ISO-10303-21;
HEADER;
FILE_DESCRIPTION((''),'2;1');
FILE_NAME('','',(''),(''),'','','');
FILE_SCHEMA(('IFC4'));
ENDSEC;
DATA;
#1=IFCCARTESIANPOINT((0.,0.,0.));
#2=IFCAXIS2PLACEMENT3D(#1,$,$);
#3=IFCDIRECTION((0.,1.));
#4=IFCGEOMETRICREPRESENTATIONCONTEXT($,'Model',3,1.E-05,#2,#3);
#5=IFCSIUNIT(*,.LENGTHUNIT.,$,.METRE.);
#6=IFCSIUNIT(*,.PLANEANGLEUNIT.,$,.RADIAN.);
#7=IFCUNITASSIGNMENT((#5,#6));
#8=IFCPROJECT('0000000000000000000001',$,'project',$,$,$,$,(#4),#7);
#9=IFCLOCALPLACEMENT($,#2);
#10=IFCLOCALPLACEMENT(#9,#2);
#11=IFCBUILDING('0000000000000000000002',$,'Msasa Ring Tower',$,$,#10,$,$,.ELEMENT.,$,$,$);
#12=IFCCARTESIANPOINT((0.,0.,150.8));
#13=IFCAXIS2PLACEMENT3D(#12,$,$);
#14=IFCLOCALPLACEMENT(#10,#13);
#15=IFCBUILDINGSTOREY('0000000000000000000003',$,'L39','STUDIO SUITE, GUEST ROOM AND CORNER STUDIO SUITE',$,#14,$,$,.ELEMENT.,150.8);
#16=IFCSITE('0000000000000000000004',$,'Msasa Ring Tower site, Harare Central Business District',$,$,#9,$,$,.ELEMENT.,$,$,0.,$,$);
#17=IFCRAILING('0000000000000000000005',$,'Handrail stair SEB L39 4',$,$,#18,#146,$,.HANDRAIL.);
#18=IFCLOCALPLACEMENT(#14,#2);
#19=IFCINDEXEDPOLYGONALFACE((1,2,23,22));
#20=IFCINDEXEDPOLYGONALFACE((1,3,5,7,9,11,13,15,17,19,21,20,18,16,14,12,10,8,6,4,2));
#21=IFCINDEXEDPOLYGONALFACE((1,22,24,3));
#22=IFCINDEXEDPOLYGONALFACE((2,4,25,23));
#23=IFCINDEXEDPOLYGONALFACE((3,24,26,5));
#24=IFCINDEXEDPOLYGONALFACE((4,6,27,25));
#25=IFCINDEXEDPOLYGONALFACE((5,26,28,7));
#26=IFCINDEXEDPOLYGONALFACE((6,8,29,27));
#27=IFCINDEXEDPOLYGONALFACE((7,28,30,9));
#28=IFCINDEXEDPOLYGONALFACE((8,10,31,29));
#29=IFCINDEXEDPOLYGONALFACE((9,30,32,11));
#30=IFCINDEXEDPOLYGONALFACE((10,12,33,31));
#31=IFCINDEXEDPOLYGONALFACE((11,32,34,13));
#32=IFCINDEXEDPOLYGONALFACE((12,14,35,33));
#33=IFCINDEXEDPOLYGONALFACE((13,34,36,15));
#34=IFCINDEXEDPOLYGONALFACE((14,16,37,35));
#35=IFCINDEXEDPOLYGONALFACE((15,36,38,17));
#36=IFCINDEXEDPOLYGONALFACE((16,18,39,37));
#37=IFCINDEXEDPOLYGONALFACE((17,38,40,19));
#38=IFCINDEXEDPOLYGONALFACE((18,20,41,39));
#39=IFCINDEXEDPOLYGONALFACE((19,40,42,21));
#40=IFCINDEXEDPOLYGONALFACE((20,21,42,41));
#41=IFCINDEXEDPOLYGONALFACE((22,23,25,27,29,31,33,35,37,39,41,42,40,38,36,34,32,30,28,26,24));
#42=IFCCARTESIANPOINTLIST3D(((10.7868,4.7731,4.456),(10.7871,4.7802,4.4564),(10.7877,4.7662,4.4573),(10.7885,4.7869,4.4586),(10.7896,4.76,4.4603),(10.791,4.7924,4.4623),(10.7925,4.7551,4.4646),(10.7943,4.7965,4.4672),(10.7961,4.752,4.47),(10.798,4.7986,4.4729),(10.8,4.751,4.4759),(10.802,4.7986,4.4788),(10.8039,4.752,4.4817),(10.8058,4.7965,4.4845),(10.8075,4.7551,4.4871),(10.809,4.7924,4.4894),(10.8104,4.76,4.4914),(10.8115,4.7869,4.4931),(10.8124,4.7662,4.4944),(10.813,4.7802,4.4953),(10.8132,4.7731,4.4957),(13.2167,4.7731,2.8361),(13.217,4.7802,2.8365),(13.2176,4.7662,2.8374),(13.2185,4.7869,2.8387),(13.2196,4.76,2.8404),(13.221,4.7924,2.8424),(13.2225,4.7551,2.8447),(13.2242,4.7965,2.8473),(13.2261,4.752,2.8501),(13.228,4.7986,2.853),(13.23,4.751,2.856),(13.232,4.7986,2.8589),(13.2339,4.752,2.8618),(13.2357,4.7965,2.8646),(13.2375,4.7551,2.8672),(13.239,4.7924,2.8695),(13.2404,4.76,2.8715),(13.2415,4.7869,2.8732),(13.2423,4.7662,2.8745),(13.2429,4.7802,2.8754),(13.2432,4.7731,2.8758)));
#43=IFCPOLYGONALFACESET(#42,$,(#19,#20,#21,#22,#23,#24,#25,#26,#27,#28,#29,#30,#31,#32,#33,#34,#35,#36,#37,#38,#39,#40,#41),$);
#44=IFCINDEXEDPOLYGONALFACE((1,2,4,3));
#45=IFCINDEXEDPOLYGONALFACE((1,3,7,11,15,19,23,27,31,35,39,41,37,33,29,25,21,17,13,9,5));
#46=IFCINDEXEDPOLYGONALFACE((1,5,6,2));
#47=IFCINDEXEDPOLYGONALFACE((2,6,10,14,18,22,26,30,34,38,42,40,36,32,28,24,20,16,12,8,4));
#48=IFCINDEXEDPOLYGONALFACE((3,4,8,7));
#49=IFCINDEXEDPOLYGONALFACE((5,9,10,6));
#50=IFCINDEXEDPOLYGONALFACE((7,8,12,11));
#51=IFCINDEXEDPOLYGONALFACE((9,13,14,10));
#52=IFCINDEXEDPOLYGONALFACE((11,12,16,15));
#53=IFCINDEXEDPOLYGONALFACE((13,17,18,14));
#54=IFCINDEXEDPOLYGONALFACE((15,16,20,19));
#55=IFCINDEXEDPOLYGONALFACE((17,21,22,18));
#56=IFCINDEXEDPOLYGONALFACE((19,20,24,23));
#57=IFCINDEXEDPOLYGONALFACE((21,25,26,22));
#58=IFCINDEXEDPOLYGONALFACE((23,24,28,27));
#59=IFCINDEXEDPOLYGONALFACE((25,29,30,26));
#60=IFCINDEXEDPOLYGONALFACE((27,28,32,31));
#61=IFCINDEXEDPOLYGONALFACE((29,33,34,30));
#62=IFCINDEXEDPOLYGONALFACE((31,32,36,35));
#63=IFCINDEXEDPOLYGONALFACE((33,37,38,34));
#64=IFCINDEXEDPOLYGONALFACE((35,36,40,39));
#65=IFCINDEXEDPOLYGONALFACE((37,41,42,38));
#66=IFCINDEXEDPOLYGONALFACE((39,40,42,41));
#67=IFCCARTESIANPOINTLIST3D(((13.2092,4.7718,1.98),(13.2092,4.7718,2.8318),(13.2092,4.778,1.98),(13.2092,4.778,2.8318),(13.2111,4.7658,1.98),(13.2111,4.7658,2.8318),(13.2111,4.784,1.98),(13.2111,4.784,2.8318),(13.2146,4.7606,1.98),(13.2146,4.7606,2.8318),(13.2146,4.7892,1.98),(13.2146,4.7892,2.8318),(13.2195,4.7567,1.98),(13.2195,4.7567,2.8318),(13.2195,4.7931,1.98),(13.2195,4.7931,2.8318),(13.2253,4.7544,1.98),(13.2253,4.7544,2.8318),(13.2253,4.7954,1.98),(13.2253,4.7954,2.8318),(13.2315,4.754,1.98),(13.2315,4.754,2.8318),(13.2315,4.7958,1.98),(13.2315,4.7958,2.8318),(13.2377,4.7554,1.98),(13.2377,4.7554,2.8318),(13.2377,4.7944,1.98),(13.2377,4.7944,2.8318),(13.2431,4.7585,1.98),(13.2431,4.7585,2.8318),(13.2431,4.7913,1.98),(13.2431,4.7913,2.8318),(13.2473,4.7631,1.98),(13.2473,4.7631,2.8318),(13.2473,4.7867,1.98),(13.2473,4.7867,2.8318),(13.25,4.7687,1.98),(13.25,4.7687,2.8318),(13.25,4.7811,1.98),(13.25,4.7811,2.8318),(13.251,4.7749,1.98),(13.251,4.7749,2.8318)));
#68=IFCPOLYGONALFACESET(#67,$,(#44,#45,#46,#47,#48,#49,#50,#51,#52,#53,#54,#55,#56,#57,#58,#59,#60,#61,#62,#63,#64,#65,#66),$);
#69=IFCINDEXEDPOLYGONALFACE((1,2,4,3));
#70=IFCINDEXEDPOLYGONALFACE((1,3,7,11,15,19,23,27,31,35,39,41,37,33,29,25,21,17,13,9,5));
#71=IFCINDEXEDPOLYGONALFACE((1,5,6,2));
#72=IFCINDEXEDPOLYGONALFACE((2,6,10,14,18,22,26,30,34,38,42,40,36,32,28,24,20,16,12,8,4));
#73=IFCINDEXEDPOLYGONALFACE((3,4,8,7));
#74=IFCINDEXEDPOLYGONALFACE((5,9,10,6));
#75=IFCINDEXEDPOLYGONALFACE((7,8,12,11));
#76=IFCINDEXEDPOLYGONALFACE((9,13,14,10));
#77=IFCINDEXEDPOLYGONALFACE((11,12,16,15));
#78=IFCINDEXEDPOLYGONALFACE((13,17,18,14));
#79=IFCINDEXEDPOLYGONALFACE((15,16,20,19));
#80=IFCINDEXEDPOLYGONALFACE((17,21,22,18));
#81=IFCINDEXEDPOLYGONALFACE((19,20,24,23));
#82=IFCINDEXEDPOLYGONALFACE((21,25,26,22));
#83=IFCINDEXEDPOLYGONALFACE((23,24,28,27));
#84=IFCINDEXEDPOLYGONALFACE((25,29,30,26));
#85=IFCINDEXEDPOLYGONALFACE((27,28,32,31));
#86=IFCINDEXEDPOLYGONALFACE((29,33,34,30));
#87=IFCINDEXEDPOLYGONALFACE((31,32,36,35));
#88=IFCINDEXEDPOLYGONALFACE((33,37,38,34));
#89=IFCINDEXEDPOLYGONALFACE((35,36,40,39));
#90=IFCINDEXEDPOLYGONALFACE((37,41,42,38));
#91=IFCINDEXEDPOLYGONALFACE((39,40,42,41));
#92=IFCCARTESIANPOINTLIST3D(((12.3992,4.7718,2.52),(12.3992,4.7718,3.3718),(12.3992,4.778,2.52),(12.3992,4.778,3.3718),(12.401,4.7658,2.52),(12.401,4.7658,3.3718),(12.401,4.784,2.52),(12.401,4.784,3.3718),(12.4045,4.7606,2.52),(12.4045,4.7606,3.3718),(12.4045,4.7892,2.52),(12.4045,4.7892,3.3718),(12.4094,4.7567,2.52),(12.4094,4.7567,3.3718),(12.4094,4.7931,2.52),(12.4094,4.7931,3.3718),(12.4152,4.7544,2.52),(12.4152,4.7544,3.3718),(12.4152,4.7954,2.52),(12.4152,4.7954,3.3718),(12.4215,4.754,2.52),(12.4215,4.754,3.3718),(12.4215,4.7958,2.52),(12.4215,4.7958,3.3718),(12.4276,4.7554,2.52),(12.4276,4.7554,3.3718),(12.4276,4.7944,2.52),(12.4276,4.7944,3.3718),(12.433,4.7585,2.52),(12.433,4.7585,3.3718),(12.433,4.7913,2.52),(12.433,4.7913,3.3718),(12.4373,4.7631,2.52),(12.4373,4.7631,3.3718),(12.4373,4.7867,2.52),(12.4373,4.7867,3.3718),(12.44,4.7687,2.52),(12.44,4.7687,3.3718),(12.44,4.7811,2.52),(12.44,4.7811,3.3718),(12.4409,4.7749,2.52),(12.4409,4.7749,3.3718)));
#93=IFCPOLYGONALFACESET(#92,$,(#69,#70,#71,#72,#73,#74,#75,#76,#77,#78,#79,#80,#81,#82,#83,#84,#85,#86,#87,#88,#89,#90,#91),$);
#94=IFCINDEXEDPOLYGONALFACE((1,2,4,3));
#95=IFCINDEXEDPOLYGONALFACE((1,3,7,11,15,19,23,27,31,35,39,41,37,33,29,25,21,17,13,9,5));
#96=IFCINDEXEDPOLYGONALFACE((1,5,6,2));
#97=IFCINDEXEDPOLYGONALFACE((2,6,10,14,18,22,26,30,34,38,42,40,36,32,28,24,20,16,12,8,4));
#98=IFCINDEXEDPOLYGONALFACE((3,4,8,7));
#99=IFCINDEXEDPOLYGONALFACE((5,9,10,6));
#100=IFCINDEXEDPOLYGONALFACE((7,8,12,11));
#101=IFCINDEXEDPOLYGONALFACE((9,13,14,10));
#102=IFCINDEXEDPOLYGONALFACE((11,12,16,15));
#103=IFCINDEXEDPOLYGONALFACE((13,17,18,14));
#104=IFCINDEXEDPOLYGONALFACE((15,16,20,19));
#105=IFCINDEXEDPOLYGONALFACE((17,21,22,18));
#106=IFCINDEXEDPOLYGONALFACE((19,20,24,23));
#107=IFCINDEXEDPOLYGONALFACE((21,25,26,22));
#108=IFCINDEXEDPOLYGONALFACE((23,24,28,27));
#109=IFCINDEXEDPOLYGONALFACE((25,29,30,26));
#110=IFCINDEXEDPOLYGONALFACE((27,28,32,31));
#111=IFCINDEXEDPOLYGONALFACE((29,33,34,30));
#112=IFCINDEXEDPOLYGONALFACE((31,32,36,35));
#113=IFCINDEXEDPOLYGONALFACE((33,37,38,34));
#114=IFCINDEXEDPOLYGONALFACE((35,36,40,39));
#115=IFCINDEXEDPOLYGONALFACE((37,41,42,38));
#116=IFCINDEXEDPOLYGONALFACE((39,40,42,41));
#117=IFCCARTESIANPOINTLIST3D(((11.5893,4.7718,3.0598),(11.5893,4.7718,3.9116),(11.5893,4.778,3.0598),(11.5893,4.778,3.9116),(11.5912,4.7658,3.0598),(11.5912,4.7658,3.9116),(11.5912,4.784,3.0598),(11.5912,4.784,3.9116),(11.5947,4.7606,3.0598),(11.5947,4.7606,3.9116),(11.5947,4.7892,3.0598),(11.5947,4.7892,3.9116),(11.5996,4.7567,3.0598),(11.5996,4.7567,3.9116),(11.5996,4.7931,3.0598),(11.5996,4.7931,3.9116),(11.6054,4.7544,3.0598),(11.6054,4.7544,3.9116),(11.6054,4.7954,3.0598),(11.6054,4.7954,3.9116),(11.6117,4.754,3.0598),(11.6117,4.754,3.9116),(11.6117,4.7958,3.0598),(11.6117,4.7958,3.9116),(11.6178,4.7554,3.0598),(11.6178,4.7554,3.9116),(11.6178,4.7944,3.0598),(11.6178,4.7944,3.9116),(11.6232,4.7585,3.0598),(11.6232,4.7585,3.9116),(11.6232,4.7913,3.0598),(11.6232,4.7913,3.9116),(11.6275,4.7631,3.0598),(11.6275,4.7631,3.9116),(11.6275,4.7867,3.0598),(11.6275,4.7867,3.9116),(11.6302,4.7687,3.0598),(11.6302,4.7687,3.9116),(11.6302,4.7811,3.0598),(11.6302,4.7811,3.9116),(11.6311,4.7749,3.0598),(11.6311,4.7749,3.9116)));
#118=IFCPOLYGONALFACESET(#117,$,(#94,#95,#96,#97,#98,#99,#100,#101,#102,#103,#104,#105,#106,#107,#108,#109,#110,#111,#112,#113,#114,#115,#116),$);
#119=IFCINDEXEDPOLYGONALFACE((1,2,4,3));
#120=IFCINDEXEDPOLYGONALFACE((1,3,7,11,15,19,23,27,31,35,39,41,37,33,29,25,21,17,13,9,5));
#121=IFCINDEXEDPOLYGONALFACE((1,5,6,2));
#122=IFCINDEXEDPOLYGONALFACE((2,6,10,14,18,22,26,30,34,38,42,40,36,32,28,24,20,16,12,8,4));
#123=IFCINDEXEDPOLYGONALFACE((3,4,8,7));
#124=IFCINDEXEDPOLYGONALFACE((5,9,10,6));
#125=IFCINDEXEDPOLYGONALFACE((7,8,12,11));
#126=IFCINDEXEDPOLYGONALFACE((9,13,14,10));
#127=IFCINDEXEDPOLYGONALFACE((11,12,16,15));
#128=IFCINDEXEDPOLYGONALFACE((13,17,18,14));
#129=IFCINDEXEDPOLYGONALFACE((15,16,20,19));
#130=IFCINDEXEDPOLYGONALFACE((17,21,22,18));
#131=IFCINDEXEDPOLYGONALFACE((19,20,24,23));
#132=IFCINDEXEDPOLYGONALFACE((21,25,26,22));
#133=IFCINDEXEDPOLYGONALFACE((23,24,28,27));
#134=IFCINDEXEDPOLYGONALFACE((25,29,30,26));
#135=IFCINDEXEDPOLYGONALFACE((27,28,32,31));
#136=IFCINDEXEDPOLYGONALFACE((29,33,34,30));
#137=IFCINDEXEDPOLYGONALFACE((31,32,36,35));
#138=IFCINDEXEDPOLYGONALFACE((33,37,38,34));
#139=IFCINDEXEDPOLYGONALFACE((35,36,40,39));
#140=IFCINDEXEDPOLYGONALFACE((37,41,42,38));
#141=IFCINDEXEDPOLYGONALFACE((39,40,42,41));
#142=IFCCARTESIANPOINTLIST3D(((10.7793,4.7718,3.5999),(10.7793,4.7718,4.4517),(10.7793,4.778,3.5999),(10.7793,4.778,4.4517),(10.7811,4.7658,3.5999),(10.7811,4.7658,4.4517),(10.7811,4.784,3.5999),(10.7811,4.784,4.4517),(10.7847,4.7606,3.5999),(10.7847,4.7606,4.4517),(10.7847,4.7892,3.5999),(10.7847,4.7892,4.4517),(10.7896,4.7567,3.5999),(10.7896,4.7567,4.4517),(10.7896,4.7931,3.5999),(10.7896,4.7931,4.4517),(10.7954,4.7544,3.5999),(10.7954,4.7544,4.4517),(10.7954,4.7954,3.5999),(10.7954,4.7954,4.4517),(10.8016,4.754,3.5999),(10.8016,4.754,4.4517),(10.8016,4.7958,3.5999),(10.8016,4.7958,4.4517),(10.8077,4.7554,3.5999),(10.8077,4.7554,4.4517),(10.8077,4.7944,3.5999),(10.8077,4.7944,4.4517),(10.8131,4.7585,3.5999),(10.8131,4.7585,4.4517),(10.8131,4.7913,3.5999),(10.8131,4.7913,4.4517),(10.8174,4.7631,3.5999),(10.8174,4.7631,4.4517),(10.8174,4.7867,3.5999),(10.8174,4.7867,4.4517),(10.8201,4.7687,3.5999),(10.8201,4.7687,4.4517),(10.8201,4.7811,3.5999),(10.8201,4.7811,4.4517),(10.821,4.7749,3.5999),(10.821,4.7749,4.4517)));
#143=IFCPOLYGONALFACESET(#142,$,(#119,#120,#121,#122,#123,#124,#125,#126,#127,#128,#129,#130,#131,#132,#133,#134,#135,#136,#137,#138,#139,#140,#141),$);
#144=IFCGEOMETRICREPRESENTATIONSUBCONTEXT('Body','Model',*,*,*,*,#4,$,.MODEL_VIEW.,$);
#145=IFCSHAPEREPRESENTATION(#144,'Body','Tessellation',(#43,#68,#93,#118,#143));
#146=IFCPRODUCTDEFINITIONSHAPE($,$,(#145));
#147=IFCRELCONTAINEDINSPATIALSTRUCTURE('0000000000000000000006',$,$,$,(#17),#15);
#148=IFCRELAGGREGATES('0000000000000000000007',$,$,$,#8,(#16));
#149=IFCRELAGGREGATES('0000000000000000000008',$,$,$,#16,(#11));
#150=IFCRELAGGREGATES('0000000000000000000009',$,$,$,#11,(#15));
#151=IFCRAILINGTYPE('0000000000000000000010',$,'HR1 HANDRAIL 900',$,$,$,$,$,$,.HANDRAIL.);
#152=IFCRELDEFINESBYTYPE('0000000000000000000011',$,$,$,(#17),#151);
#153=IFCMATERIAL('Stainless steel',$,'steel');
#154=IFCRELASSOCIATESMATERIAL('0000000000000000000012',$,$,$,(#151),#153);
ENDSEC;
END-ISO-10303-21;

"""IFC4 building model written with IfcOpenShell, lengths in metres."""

from ifc_helpers import new_model, si_unit, direction, frame, origin, origin_2d, place, context, subcontext, project, spatial, circle, extrude, material, type_object, element, save


model = new_model("IFC4")

# Units and contexts
model_context = context("Model", 3, precision=1e-05, world=origin(), true_north=direction((0.0, 1.0)))
body_context = subcontext(model_context, "Body", "Model", "MODEL_VIEW")
ifc_project = project(units=[si_unit("LENGTHUNIT", "METRE"), si_unit("PLANEANGLEUNIT", "RADIAN")], contexts=[model_context])

# Site, building, storey
site_placement = place(None, origin())
site = spatial("IfcSite", under=ifc_project, at=site_placement, Name="Msasa Ring Tower site, Harare Central Business District", CompositionType="ELEMENT", RefElevation=0.0)
building_placement = place(site_placement, origin())
building = spatial("IfcBuilding", under=site, at=building_placement, Name="Msasa Ring Tower", CompositionType="ELEMENT")
storey_placement = place(building_placement, frame((0.0, 0.0, 150.8)))
storey = spatial("IfcBuildingStorey", under=building, at=storey_placement, Name="L39", Description="STUDIO SUITE, GUEST ROOM AND CORNER STUDIO SUITE", CompositionType="ELEMENT", Elevation=150.8)

# Railing
ifc_material_1 = material(Name="Stainless steel", Category="steel")
railing_type = type_object("IfcRailingType", Name="HR1 HANDRAIL 900", PredefinedType="HANDRAIL", material=ifc_material_1)
for number, where, name in (
    (1, (13.23, 4.7749, 1.98), "Handrail stair SEB L39 4"),
):
    element("IfcRailing", number, at=place(storey_placement, frame(where)), inside=storey, type_object=railing_type, Name=name, PredefinedType="HANDRAIL", context=body_context, shape_type="SweptSolid", body=[
        extrude(circle(Radius=0.0239, at=origin_2d()), frame((0.0, 0.0, 0.876), z_axis=(-0.832063, 0.0, 0.554681), x_axis=(0.0, -1.0, 0.0)), (0.0, 0.0, 1.0), 2.9204),
        extrude(circle(Radius=0.021, at=origin_2d()), origin(), (0.0, 0.0, 1.0), 0.8518),
        extrude(circle(Radius=0.021, at=origin_2d()), frame((-0.8101, 0.0, 0.54)), (0.0, 0.0, 1.0), 0.8518),
        extrude(circle(Radius=0.021, at=origin_2d()), frame((-1.6199, 0.0, 1.0798)), (0.0, 0.0, 1.0), 0.8518),
        extrude(circle(Radius=0.021, at=origin_2d()), frame((-2.4299, 0.0, 1.6199)), (0.0, 0.0, 1.0), 0.8518),
    ])

save(model, "model.ifc")
